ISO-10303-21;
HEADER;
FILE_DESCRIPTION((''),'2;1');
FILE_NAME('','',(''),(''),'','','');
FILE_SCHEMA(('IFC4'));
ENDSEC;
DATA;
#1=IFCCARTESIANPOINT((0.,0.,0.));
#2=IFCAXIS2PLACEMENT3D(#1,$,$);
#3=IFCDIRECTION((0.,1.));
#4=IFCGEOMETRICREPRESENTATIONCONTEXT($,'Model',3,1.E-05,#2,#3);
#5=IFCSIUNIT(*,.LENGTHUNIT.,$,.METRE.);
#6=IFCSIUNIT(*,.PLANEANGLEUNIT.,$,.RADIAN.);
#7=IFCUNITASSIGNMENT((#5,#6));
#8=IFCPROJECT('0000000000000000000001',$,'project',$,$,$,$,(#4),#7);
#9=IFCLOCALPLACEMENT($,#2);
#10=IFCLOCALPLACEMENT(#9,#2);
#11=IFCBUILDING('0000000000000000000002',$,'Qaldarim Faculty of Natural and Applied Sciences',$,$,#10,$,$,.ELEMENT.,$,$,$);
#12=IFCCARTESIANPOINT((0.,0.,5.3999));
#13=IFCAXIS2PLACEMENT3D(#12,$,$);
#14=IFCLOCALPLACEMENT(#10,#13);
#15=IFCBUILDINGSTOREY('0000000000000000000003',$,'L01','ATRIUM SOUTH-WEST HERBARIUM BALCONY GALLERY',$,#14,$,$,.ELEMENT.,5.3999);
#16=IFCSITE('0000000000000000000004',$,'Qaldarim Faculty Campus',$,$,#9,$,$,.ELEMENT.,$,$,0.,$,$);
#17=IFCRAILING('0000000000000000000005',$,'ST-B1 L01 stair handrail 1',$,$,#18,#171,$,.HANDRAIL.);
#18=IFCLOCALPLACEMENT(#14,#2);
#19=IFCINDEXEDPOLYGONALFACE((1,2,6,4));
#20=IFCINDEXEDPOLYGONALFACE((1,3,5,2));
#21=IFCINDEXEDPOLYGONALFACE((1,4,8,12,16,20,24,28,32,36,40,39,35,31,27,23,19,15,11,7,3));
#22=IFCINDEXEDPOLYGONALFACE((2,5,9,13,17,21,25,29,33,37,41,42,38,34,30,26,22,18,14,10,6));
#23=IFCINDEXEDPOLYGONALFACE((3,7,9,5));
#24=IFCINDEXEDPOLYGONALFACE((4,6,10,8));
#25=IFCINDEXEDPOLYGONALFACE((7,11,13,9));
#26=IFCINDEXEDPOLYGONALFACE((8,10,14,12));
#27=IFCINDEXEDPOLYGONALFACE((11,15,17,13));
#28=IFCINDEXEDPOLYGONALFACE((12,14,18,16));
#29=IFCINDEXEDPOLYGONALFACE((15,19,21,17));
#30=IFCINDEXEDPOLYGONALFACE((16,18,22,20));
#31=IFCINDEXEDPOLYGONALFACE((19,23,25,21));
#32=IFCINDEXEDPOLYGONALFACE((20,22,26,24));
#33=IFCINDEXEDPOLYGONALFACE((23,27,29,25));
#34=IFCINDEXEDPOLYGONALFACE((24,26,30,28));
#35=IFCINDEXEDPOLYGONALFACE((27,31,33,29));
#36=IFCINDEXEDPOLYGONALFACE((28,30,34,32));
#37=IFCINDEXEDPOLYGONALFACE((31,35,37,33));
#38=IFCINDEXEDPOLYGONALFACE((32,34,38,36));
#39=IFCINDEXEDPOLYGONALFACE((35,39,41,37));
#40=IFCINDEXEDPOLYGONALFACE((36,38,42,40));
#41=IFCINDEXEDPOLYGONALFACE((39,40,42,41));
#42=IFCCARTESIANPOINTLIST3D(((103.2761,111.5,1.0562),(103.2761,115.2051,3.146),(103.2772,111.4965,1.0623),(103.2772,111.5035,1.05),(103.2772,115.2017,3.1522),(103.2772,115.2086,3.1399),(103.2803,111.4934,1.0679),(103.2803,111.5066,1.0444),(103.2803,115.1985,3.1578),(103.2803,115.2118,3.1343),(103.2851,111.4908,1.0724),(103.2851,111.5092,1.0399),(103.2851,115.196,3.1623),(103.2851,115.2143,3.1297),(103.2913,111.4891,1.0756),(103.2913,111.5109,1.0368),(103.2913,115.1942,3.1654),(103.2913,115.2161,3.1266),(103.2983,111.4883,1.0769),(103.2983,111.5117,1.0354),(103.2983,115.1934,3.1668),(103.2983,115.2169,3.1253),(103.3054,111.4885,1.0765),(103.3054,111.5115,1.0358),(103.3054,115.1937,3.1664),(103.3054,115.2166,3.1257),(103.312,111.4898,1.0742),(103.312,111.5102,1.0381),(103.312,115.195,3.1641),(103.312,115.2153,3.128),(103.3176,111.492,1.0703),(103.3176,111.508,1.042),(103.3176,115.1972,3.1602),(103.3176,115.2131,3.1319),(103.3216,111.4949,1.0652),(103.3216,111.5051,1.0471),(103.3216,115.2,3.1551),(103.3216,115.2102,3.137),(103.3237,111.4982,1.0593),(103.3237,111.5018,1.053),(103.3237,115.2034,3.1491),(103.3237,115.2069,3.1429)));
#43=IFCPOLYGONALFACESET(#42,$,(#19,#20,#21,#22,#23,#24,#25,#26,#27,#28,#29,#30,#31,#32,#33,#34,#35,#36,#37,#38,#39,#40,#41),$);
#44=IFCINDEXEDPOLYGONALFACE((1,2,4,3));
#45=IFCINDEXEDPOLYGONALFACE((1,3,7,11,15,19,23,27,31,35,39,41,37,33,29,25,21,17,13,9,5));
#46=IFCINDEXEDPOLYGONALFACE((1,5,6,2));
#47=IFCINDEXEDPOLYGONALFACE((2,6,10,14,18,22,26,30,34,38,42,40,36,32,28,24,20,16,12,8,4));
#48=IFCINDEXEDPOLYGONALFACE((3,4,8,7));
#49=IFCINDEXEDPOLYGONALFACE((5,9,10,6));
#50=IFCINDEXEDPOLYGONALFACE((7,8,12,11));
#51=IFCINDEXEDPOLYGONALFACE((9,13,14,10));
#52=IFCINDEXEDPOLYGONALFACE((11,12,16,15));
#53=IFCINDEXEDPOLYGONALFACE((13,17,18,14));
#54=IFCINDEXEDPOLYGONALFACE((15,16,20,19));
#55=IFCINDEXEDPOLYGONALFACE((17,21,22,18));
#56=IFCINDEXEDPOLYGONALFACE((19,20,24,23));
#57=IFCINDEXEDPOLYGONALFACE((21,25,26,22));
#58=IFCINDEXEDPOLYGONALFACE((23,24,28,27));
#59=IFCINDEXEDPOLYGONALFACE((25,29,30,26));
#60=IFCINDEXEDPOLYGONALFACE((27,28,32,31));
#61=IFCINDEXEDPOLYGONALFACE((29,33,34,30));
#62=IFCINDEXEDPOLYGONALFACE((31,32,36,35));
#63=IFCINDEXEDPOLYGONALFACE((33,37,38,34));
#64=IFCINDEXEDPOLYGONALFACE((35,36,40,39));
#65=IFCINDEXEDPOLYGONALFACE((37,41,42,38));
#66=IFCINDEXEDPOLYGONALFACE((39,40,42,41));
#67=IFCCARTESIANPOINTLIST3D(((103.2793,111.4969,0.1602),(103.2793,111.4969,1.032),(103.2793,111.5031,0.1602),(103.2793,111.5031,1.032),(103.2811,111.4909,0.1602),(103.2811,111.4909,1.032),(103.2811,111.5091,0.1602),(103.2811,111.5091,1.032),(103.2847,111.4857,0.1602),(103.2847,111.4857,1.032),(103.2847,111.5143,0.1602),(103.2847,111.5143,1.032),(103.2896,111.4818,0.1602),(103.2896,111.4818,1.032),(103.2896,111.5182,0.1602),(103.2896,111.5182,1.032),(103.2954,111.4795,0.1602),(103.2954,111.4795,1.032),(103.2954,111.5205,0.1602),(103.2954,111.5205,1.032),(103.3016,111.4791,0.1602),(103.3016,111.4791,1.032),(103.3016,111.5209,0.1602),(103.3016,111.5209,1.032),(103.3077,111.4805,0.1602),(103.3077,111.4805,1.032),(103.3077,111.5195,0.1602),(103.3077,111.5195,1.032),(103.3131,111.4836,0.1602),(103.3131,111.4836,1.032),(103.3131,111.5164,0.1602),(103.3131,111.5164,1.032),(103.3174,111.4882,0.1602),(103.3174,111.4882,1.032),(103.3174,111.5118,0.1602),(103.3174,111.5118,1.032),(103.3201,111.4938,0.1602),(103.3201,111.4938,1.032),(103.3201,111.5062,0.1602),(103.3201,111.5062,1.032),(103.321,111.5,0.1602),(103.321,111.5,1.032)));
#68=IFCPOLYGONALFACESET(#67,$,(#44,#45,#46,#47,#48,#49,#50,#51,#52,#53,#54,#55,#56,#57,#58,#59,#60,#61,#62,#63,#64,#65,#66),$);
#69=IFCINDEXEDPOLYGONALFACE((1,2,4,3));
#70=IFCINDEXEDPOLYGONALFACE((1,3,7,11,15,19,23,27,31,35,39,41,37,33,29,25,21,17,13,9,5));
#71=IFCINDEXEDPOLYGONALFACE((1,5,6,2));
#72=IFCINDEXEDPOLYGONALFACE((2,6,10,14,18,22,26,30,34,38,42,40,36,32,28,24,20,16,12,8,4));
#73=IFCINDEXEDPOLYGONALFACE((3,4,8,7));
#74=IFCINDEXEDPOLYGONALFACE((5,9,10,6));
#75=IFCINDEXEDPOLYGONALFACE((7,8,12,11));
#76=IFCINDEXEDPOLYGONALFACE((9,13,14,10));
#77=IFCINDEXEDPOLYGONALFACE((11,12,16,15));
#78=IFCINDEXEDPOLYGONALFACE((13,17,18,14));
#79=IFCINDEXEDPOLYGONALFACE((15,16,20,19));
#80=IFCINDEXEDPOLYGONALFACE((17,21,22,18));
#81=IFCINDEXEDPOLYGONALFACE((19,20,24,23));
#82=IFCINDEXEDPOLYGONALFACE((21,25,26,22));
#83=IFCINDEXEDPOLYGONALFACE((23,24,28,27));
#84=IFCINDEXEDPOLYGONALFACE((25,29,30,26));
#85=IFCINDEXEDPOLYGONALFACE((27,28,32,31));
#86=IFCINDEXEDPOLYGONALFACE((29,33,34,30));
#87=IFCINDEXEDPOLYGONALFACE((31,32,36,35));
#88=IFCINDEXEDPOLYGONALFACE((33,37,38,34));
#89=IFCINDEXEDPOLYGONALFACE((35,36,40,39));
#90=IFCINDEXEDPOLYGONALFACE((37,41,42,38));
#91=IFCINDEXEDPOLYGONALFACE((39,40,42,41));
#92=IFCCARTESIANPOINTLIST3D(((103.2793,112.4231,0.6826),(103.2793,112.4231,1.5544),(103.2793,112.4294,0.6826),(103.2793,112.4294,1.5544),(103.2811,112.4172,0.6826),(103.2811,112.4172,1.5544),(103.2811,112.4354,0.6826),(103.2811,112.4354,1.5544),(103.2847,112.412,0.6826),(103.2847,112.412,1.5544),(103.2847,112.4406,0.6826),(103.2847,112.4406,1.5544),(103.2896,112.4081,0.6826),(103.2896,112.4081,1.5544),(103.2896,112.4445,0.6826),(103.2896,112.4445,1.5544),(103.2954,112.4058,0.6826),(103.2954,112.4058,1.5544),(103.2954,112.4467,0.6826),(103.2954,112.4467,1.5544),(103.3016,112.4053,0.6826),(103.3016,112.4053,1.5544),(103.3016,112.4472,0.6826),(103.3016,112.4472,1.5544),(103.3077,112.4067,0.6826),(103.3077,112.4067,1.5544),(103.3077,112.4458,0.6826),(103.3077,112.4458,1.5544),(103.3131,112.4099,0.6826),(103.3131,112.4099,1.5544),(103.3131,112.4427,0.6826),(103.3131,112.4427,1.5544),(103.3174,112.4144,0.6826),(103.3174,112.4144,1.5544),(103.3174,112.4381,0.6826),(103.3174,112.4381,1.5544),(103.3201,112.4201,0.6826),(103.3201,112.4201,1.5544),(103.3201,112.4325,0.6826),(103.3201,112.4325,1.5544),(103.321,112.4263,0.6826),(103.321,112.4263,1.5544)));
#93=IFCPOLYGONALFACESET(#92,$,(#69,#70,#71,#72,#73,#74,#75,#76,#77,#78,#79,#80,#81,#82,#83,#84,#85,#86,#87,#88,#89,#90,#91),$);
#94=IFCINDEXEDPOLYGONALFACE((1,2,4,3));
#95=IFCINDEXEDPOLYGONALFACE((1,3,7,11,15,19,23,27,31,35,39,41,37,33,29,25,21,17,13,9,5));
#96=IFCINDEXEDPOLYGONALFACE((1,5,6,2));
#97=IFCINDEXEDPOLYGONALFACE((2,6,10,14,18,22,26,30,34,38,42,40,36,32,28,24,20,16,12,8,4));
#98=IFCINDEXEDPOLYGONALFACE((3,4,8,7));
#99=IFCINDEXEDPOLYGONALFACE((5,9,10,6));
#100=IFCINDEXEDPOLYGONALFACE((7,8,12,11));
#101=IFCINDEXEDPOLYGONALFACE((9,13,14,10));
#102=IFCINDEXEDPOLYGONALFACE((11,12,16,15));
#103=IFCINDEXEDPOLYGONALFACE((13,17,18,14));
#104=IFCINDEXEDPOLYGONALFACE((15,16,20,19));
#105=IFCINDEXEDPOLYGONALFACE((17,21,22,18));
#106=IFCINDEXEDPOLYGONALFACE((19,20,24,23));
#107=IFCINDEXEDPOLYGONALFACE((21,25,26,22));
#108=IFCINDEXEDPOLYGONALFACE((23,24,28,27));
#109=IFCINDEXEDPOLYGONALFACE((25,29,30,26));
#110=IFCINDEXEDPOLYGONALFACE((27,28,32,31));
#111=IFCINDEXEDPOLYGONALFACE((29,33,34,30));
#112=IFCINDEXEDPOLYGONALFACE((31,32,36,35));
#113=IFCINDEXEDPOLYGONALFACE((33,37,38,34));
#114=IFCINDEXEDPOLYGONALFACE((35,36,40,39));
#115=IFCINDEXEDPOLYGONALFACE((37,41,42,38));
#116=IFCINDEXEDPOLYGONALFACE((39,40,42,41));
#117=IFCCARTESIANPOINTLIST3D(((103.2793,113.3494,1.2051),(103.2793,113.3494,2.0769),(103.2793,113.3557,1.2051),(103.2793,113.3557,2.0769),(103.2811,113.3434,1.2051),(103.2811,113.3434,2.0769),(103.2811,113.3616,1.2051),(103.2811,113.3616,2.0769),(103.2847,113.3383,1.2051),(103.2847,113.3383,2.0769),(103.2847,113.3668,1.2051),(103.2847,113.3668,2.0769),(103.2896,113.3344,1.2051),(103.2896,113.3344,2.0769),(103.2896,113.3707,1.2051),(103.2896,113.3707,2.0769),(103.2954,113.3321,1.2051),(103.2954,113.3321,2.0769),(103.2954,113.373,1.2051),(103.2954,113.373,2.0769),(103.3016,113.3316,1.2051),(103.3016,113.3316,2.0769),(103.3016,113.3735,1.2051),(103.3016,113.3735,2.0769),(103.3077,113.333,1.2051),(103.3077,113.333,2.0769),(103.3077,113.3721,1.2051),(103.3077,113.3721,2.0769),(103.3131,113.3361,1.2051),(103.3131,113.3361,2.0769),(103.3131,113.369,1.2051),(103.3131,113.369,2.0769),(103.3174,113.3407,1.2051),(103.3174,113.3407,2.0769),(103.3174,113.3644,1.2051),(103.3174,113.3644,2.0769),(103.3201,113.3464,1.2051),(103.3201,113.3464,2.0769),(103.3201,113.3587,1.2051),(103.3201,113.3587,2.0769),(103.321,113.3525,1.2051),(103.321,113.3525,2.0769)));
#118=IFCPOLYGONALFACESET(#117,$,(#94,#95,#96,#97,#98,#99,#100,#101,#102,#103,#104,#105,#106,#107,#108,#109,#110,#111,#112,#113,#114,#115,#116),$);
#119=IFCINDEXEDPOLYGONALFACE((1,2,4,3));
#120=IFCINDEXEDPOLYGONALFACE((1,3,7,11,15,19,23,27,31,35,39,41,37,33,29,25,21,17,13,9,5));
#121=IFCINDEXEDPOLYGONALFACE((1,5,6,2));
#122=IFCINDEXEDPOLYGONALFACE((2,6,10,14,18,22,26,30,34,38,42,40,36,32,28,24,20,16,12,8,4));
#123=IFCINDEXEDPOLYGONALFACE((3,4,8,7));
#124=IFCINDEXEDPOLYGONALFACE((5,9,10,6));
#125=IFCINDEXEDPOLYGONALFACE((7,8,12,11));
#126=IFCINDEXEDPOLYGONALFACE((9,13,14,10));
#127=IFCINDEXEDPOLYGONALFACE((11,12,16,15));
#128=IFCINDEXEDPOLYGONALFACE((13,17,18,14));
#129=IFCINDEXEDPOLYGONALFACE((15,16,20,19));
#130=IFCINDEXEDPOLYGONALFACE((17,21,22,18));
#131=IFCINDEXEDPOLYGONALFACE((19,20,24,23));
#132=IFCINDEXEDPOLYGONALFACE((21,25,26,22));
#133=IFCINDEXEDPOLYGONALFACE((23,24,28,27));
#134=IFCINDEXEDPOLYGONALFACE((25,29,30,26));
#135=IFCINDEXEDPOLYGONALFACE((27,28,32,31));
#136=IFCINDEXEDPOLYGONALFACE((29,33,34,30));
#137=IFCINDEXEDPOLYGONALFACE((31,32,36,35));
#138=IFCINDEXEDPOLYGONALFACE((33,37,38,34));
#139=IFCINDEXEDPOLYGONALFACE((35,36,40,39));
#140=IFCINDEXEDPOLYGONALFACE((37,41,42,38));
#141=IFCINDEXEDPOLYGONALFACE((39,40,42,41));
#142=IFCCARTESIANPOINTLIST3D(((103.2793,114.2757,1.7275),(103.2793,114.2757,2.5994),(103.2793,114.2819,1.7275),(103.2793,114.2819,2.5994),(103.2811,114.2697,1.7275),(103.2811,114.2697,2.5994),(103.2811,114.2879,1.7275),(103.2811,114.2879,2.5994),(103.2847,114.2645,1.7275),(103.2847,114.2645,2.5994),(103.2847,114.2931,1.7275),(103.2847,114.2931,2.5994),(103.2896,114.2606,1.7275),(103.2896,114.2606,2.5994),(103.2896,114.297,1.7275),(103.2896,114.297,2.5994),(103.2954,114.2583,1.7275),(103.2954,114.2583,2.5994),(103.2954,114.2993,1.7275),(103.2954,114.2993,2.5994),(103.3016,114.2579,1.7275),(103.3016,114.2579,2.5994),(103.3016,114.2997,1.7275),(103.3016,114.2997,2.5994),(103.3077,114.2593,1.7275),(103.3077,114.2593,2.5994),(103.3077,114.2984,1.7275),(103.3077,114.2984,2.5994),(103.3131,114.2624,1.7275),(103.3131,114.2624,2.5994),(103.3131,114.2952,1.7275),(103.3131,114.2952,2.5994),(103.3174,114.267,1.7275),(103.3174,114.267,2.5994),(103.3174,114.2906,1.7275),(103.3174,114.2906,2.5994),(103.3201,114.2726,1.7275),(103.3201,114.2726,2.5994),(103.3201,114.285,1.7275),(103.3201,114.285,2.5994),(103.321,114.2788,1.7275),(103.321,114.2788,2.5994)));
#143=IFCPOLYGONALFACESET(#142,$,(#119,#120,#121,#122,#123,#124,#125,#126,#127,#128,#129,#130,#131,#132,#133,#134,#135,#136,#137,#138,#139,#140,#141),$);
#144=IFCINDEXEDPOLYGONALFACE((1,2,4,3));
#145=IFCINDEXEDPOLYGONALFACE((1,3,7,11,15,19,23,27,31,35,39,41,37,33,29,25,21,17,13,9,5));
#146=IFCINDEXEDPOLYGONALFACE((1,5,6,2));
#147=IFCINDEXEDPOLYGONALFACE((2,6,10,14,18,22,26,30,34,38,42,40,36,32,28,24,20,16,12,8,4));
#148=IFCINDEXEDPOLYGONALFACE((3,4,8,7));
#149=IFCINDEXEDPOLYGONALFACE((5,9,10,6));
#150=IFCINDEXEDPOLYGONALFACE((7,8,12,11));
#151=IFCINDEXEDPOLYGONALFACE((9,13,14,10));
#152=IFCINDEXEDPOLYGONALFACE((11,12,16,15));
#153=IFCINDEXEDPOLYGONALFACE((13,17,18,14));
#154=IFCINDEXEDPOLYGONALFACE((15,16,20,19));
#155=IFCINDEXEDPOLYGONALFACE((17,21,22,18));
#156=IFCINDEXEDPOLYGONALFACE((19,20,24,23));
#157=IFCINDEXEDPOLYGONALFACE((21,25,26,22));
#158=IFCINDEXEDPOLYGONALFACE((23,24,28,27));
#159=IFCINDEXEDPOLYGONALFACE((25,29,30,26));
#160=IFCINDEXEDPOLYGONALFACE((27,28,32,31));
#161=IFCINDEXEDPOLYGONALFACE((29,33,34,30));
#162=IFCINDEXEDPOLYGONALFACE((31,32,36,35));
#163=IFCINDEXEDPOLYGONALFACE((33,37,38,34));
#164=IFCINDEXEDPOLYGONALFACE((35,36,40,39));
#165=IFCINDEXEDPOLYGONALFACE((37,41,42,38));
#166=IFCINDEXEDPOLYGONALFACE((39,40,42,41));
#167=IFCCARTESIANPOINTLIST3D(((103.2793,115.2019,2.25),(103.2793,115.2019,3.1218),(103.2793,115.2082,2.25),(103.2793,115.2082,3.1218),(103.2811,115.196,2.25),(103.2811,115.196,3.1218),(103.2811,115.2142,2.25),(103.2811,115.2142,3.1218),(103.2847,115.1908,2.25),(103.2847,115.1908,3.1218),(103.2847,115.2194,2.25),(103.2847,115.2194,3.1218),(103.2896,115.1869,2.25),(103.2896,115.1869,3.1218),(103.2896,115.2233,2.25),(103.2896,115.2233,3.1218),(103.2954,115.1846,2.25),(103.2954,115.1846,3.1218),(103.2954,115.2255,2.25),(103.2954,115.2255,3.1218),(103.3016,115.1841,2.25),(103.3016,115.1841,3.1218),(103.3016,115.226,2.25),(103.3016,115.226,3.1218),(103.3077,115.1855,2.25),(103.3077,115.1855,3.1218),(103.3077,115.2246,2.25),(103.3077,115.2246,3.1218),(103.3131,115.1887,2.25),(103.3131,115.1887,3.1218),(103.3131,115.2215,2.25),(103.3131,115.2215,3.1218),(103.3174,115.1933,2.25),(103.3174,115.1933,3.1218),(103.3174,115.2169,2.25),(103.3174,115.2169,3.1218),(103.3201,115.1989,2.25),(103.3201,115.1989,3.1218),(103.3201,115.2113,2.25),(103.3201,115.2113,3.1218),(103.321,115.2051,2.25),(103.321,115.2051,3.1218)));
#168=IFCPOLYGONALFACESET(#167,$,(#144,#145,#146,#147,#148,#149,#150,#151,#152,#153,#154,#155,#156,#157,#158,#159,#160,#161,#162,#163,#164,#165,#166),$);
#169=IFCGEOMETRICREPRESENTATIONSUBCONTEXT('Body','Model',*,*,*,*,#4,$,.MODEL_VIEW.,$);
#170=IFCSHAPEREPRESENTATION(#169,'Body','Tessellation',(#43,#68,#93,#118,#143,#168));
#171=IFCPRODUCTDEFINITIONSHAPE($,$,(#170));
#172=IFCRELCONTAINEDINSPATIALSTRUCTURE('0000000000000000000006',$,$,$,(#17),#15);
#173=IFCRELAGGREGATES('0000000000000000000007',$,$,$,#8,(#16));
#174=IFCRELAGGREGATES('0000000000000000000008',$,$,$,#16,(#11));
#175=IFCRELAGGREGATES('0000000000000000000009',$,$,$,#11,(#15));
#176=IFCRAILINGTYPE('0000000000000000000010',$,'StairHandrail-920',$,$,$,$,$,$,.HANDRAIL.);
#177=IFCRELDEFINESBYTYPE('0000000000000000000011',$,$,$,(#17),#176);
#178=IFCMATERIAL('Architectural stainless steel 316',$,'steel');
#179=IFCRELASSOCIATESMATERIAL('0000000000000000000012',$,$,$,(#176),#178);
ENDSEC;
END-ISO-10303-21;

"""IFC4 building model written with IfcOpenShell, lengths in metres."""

from ifc_helpers import new_model, si_unit, direction, frame, origin, origin_2d, place, context, subcontext, project, spatial, circle, extrude, material, type_object, element, save


model = new_model("IFC4")

# Units and contexts
model_context = context("Model", 3, precision=1e-05, world=origin(), true_north=direction((0.0, 1.0)))
body_context = subcontext(model_context, "Body", "Model", "MODEL_VIEW")
ifc_project = project(units=[si_unit("LENGTHUNIT", "METRE"), si_unit("PLANEANGLEUNIT", "RADIAN")], contexts=[model_context])

# Site, building, storey
site_placement = place(None, origin())
site = spatial("IfcSite", under=ifc_project, at=site_placement, Name="Qaldarim Faculty Campus", CompositionType="ELEMENT", RefElevation=0.0)
building_placement = place(site_placement, origin())
building = spatial("IfcBuilding", under=site, at=building_placement, Name="Qaldarim Faculty of Natural and Applied Sciences", CompositionType="ELEMENT")
storey_placement = place(building_placement, frame((0.0, 0.0, 5.3999)))
storey = spatial("IfcBuildingStorey", under=building, at=storey_placement, Name="L01", Description="ATRIUM SOUTH-WEST HERBARIUM BALCONY GALLERY", CompositionType="ELEMENT", Elevation=5.3999)

# Shared definitions
ifc_material_1 = material(Name="Architectural stainless steel 316", Category="steel")

# Railing
railing_type_1 = type_object("IfcRailingType", Name="StairHandrail-920", PredefinedType="HANDRAIL", material=ifc_material_1)
railing_1_placement = place(storey_placement, frame((103.3, 111.5, 0.1602)))
element("IfcRailing", 1, at=railing_1_placement, inside=storey, type_object=railing_type_1, Name="ST-B1 L01 stair handrail 1", PredefinedType="HANDRAIL", context=body_context, shape_type="SweptSolid", body=[
    extrude(circle(Radius=0.0239, at=origin_2d()), frame((0.0, 0.0, 0.896), z_axis=(0.0, 0.870999, 0.491285), x_axis=(-1.0, 0.0, 0.0)), (0.0, 0.0, 1.0), 4.2539),
    extrude(circle(Radius=0.021, at=origin_2d()), origin(), (0.0, 0.0, 1.0), 0.8718),
    extrude(circle(Radius=0.021, at=origin_2d()), frame((0.0, 0.9263, 0.5225)), (0.0, 0.0, 1.0), 0.8718),
    extrude(circle(Radius=0.021, at=origin_2d()), frame((0.0, 1.8525, 1.0449)), (0.0, 0.0, 1.0), 0.8718),
    extrude(circle(Radius=0.021, at=origin_2d()), frame((0.0, 2.7788, 1.5674)), (0.0, 0.0, 1.0), 0.8718),
    extrude(circle(Radius=0.021, at=origin_2d()), frame((0.0, 3.7051, 2.0898)), (0.0, 0.0, 1.0), 0.8718),
])

save(model, "model.ifc")
